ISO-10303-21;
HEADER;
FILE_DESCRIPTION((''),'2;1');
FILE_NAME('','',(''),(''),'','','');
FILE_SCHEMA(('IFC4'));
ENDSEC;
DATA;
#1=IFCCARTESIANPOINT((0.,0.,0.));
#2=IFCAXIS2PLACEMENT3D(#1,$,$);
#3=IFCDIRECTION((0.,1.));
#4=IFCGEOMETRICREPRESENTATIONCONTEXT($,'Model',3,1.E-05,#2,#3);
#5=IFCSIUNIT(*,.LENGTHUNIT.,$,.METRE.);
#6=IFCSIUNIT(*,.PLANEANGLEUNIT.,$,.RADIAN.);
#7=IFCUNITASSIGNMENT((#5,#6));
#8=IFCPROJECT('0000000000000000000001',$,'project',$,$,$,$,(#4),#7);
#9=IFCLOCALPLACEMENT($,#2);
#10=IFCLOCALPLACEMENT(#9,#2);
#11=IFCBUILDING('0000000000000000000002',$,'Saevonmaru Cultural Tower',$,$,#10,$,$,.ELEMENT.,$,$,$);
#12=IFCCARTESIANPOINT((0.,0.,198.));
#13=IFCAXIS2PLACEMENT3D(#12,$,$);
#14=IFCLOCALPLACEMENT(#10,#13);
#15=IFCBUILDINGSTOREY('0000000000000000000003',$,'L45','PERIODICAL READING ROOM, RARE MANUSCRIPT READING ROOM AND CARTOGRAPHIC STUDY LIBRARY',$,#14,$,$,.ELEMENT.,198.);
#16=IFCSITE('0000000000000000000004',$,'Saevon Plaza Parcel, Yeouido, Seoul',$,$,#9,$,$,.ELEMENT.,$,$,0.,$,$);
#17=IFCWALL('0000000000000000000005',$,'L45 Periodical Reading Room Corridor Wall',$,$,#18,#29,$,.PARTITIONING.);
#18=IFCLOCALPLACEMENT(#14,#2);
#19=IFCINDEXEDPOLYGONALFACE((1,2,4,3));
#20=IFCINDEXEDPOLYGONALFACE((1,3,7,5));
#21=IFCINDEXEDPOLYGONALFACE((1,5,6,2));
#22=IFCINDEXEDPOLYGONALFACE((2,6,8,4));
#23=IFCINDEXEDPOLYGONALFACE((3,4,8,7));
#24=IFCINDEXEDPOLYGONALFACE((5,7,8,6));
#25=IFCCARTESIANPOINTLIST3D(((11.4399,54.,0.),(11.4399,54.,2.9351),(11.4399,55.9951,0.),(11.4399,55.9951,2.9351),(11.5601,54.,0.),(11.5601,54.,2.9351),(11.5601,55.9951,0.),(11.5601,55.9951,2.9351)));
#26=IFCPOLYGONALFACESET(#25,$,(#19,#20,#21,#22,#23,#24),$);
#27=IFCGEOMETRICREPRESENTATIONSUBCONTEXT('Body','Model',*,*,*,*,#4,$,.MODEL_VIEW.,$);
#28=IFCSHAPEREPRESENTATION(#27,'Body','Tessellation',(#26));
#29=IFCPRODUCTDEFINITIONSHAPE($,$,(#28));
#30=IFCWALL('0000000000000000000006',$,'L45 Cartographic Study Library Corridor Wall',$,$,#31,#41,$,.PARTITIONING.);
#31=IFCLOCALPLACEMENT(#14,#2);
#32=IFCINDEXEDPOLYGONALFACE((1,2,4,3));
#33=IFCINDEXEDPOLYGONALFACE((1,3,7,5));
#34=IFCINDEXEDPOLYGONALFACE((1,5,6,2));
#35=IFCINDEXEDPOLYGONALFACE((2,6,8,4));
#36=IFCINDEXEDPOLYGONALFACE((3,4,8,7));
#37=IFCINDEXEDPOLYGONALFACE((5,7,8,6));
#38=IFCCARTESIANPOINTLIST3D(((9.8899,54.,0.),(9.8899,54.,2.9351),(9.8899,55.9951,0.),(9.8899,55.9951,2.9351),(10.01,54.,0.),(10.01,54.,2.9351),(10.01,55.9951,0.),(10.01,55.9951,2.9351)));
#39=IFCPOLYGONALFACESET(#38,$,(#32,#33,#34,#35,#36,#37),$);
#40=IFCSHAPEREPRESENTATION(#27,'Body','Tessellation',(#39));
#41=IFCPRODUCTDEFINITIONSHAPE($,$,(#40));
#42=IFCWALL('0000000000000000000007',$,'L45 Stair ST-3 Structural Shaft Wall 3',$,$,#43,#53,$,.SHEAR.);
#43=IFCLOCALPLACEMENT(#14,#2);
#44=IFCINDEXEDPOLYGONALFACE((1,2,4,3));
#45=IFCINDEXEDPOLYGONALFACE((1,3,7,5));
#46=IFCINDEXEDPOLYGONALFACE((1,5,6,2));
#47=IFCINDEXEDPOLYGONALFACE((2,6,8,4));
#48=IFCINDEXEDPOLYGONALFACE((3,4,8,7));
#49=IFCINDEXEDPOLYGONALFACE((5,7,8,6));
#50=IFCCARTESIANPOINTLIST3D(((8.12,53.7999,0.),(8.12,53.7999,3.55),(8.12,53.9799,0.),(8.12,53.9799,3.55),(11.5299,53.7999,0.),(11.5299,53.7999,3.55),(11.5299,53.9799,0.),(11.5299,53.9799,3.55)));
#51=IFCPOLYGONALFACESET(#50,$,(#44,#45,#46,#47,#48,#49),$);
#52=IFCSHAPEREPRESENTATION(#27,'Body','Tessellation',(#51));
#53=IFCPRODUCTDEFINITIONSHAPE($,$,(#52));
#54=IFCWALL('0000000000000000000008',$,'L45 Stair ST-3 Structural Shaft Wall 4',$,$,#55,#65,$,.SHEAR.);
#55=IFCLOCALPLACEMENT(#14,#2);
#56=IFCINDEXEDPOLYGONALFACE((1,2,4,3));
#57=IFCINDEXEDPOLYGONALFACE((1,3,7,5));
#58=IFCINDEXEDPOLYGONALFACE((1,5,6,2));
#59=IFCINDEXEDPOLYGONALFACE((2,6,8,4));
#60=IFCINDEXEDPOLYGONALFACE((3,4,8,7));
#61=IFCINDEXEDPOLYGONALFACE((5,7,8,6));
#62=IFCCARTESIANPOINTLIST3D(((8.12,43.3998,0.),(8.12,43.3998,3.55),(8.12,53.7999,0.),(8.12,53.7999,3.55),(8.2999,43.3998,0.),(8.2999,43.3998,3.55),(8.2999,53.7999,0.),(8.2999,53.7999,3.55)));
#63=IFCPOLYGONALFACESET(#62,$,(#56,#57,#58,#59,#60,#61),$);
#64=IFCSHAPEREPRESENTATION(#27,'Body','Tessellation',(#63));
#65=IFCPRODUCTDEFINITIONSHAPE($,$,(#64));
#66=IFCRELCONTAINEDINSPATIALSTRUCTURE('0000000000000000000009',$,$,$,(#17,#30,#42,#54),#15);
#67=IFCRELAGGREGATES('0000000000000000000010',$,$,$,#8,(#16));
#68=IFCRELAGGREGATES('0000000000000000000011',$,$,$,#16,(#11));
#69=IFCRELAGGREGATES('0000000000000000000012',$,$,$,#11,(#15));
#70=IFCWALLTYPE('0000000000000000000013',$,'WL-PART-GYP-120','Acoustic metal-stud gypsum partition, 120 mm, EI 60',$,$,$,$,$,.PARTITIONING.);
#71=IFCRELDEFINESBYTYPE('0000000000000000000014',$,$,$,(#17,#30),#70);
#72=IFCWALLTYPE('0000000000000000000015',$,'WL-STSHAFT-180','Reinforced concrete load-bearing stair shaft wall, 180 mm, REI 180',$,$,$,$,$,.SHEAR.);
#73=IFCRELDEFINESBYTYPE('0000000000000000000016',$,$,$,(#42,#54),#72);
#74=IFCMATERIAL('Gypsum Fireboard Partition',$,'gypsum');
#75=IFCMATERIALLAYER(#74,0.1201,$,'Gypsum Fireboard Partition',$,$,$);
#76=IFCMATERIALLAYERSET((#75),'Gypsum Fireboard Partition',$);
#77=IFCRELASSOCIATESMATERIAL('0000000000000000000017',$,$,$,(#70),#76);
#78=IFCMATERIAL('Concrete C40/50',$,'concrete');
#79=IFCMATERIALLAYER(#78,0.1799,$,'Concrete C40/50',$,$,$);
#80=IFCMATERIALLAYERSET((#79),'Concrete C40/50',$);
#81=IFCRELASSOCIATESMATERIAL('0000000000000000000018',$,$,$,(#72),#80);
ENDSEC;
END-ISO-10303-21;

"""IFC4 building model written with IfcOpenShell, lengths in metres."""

from ifc_helpers import new_model, si_unit, direction, frame, frame_2d, origin, place, context, subcontext, project, spatial, rectangle, extrude, material, layer, layer_set, type_object, element, save


model = new_model("IFC4")

# Units and contexts
model_context = context("Model", 3, precision=1e-05, world=origin(), true_north=direction((0.0, 1.0)))
body_context = subcontext(model_context, "Body", "Model", "MODEL_VIEW")
ifc_project = project(units=[si_unit("LENGTHUNIT", "METRE"), si_unit("PLANEANGLEUNIT", "RADIAN")], contexts=[model_context])

# Site, building, storey
site_placement = place(None, origin())
site = spatial("IfcSite", under=ifc_project, at=site_placement, Name="Saevon Plaza Parcel, Yeouido, Seoul", CompositionType="ELEMENT", RefElevation=0.0)
building_placement = place(site_placement, origin())
building = spatial("IfcBuilding", under=site, at=building_placement, Name="Saevonmaru Cultural Tower", CompositionType="ELEMENT")
storey_placement = place(building_placement, frame((0.0, 0.0, 198.0)))
storey = spatial("IfcBuildingStorey", under=building, at=storey_placement, Name="L45", Description="PERIODICAL READING ROOM, RARE MANUSCRIPT READING ROOM AND CARTOGRAPHIC STUDY LIBRARY", CompositionType="ELEMENT", Elevation=198.0)

# Walls
ifc_material_1 = material(Name="Gypsum Fireboard Partition", Category="gypsum")
ifc_layer_1 = layer(ifc_material_1, 0.1201, Name="Gypsum Fireboard Partition")
ifc_layer_set_1 = layer_set([ifc_layer_1], Name="Gypsum Fireboard Partition")
wall_type_1 = type_object("IfcWallType", Name="WL-PART-GYP-120", Description="Acoustic metal-stud gypsum partition, 120 mm, EI 60", PredefinedType="PARTITIONING", material=ifc_layer_set_1)
for number, where, z_axis, x_axis, name in (
    (1, (11.5, 54.0, 0.0), (0.0, 0.0, 1.0), (0.0, 1.0, 0.0), "L45 Periodical Reading Room Corridor Wall"),
    (2, (9.95, 54.0, 0.0), (0.0, 0.0, 1.0), (0.0, 1.0, 0.0), "L45 Cartographic Study Library Corridor Wall"),
):
    element("IfcWall", number, at=place(storey_placement, frame(where, z_axis=z_axis, x_axis=x_axis)), inside=storey, type_object=wall_type_1, Name=name, PredefinedType="PARTITIONING", context=body_context, shape_type="SweptSolid", body=[
        extrude(rectangle(XDim=1.9951, YDim=0.1201, at=frame_2d((0.9976, 0.0))), origin(), (0.0, 0.0, 1.0), 2.9351),
    ])
ifc_material_2 = material(Name="Concrete C40/50", Category="concrete")
ifc_layer_2 = layer(ifc_material_2, 0.1799, Name="Concrete C40/50")
ifc_layer_set_2 = layer_set([ifc_layer_2], Name="Concrete C40/50")
wall_type_2 = type_object("IfcWallType", Name="WL-STSHAFT-180", Description="Reinforced concrete load-bearing stair shaft wall, 180 mm, REI 180", PredefinedType="SHEAR", material=ifc_layer_set_2)
wall_1_placement = place(storey_placement, frame((11.53, 53.8899, 0.0), z_axis=(0.0, 0.0, 1.0), x_axis=(-1.0, 0.0, 0.0)))
element("IfcWall", 3, at=wall_1_placement, inside=storey, type_object=wall_type_2, Name="L45 Stair ST-3 Structural Shaft Wall 3", PredefinedType="SHEAR", context=body_context, shape_type="SweptSolid", body=[
    extrude(rectangle(XDim=3.4099, YDim=0.1799, at=frame_2d((1.7051, 0.0))), origin(), (0.0, 0.0, 1.0), 3.55),
])
wall_2_placement = place(storey_placement, frame((8.21, 53.8, 0.0), z_axis=(0.0, 0.0, 1.0), x_axis=(0.0, -1.0, 0.0)))
element("IfcWall", 4, at=wall_2_placement, inside=storey, type_object=wall_type_2, Name="L45 Stair ST-3 Structural Shaft Wall 4", PredefinedType="SHEAR", context=body_context, shape_type="SweptSolid", body=[
    extrude(rectangle(XDim=10.4001, YDim=0.1799, at=frame_2d((5.2002, 0.0))), origin(), (0.0, 0.0, 1.0), 3.55),
])

save(model, "model.ifc")
